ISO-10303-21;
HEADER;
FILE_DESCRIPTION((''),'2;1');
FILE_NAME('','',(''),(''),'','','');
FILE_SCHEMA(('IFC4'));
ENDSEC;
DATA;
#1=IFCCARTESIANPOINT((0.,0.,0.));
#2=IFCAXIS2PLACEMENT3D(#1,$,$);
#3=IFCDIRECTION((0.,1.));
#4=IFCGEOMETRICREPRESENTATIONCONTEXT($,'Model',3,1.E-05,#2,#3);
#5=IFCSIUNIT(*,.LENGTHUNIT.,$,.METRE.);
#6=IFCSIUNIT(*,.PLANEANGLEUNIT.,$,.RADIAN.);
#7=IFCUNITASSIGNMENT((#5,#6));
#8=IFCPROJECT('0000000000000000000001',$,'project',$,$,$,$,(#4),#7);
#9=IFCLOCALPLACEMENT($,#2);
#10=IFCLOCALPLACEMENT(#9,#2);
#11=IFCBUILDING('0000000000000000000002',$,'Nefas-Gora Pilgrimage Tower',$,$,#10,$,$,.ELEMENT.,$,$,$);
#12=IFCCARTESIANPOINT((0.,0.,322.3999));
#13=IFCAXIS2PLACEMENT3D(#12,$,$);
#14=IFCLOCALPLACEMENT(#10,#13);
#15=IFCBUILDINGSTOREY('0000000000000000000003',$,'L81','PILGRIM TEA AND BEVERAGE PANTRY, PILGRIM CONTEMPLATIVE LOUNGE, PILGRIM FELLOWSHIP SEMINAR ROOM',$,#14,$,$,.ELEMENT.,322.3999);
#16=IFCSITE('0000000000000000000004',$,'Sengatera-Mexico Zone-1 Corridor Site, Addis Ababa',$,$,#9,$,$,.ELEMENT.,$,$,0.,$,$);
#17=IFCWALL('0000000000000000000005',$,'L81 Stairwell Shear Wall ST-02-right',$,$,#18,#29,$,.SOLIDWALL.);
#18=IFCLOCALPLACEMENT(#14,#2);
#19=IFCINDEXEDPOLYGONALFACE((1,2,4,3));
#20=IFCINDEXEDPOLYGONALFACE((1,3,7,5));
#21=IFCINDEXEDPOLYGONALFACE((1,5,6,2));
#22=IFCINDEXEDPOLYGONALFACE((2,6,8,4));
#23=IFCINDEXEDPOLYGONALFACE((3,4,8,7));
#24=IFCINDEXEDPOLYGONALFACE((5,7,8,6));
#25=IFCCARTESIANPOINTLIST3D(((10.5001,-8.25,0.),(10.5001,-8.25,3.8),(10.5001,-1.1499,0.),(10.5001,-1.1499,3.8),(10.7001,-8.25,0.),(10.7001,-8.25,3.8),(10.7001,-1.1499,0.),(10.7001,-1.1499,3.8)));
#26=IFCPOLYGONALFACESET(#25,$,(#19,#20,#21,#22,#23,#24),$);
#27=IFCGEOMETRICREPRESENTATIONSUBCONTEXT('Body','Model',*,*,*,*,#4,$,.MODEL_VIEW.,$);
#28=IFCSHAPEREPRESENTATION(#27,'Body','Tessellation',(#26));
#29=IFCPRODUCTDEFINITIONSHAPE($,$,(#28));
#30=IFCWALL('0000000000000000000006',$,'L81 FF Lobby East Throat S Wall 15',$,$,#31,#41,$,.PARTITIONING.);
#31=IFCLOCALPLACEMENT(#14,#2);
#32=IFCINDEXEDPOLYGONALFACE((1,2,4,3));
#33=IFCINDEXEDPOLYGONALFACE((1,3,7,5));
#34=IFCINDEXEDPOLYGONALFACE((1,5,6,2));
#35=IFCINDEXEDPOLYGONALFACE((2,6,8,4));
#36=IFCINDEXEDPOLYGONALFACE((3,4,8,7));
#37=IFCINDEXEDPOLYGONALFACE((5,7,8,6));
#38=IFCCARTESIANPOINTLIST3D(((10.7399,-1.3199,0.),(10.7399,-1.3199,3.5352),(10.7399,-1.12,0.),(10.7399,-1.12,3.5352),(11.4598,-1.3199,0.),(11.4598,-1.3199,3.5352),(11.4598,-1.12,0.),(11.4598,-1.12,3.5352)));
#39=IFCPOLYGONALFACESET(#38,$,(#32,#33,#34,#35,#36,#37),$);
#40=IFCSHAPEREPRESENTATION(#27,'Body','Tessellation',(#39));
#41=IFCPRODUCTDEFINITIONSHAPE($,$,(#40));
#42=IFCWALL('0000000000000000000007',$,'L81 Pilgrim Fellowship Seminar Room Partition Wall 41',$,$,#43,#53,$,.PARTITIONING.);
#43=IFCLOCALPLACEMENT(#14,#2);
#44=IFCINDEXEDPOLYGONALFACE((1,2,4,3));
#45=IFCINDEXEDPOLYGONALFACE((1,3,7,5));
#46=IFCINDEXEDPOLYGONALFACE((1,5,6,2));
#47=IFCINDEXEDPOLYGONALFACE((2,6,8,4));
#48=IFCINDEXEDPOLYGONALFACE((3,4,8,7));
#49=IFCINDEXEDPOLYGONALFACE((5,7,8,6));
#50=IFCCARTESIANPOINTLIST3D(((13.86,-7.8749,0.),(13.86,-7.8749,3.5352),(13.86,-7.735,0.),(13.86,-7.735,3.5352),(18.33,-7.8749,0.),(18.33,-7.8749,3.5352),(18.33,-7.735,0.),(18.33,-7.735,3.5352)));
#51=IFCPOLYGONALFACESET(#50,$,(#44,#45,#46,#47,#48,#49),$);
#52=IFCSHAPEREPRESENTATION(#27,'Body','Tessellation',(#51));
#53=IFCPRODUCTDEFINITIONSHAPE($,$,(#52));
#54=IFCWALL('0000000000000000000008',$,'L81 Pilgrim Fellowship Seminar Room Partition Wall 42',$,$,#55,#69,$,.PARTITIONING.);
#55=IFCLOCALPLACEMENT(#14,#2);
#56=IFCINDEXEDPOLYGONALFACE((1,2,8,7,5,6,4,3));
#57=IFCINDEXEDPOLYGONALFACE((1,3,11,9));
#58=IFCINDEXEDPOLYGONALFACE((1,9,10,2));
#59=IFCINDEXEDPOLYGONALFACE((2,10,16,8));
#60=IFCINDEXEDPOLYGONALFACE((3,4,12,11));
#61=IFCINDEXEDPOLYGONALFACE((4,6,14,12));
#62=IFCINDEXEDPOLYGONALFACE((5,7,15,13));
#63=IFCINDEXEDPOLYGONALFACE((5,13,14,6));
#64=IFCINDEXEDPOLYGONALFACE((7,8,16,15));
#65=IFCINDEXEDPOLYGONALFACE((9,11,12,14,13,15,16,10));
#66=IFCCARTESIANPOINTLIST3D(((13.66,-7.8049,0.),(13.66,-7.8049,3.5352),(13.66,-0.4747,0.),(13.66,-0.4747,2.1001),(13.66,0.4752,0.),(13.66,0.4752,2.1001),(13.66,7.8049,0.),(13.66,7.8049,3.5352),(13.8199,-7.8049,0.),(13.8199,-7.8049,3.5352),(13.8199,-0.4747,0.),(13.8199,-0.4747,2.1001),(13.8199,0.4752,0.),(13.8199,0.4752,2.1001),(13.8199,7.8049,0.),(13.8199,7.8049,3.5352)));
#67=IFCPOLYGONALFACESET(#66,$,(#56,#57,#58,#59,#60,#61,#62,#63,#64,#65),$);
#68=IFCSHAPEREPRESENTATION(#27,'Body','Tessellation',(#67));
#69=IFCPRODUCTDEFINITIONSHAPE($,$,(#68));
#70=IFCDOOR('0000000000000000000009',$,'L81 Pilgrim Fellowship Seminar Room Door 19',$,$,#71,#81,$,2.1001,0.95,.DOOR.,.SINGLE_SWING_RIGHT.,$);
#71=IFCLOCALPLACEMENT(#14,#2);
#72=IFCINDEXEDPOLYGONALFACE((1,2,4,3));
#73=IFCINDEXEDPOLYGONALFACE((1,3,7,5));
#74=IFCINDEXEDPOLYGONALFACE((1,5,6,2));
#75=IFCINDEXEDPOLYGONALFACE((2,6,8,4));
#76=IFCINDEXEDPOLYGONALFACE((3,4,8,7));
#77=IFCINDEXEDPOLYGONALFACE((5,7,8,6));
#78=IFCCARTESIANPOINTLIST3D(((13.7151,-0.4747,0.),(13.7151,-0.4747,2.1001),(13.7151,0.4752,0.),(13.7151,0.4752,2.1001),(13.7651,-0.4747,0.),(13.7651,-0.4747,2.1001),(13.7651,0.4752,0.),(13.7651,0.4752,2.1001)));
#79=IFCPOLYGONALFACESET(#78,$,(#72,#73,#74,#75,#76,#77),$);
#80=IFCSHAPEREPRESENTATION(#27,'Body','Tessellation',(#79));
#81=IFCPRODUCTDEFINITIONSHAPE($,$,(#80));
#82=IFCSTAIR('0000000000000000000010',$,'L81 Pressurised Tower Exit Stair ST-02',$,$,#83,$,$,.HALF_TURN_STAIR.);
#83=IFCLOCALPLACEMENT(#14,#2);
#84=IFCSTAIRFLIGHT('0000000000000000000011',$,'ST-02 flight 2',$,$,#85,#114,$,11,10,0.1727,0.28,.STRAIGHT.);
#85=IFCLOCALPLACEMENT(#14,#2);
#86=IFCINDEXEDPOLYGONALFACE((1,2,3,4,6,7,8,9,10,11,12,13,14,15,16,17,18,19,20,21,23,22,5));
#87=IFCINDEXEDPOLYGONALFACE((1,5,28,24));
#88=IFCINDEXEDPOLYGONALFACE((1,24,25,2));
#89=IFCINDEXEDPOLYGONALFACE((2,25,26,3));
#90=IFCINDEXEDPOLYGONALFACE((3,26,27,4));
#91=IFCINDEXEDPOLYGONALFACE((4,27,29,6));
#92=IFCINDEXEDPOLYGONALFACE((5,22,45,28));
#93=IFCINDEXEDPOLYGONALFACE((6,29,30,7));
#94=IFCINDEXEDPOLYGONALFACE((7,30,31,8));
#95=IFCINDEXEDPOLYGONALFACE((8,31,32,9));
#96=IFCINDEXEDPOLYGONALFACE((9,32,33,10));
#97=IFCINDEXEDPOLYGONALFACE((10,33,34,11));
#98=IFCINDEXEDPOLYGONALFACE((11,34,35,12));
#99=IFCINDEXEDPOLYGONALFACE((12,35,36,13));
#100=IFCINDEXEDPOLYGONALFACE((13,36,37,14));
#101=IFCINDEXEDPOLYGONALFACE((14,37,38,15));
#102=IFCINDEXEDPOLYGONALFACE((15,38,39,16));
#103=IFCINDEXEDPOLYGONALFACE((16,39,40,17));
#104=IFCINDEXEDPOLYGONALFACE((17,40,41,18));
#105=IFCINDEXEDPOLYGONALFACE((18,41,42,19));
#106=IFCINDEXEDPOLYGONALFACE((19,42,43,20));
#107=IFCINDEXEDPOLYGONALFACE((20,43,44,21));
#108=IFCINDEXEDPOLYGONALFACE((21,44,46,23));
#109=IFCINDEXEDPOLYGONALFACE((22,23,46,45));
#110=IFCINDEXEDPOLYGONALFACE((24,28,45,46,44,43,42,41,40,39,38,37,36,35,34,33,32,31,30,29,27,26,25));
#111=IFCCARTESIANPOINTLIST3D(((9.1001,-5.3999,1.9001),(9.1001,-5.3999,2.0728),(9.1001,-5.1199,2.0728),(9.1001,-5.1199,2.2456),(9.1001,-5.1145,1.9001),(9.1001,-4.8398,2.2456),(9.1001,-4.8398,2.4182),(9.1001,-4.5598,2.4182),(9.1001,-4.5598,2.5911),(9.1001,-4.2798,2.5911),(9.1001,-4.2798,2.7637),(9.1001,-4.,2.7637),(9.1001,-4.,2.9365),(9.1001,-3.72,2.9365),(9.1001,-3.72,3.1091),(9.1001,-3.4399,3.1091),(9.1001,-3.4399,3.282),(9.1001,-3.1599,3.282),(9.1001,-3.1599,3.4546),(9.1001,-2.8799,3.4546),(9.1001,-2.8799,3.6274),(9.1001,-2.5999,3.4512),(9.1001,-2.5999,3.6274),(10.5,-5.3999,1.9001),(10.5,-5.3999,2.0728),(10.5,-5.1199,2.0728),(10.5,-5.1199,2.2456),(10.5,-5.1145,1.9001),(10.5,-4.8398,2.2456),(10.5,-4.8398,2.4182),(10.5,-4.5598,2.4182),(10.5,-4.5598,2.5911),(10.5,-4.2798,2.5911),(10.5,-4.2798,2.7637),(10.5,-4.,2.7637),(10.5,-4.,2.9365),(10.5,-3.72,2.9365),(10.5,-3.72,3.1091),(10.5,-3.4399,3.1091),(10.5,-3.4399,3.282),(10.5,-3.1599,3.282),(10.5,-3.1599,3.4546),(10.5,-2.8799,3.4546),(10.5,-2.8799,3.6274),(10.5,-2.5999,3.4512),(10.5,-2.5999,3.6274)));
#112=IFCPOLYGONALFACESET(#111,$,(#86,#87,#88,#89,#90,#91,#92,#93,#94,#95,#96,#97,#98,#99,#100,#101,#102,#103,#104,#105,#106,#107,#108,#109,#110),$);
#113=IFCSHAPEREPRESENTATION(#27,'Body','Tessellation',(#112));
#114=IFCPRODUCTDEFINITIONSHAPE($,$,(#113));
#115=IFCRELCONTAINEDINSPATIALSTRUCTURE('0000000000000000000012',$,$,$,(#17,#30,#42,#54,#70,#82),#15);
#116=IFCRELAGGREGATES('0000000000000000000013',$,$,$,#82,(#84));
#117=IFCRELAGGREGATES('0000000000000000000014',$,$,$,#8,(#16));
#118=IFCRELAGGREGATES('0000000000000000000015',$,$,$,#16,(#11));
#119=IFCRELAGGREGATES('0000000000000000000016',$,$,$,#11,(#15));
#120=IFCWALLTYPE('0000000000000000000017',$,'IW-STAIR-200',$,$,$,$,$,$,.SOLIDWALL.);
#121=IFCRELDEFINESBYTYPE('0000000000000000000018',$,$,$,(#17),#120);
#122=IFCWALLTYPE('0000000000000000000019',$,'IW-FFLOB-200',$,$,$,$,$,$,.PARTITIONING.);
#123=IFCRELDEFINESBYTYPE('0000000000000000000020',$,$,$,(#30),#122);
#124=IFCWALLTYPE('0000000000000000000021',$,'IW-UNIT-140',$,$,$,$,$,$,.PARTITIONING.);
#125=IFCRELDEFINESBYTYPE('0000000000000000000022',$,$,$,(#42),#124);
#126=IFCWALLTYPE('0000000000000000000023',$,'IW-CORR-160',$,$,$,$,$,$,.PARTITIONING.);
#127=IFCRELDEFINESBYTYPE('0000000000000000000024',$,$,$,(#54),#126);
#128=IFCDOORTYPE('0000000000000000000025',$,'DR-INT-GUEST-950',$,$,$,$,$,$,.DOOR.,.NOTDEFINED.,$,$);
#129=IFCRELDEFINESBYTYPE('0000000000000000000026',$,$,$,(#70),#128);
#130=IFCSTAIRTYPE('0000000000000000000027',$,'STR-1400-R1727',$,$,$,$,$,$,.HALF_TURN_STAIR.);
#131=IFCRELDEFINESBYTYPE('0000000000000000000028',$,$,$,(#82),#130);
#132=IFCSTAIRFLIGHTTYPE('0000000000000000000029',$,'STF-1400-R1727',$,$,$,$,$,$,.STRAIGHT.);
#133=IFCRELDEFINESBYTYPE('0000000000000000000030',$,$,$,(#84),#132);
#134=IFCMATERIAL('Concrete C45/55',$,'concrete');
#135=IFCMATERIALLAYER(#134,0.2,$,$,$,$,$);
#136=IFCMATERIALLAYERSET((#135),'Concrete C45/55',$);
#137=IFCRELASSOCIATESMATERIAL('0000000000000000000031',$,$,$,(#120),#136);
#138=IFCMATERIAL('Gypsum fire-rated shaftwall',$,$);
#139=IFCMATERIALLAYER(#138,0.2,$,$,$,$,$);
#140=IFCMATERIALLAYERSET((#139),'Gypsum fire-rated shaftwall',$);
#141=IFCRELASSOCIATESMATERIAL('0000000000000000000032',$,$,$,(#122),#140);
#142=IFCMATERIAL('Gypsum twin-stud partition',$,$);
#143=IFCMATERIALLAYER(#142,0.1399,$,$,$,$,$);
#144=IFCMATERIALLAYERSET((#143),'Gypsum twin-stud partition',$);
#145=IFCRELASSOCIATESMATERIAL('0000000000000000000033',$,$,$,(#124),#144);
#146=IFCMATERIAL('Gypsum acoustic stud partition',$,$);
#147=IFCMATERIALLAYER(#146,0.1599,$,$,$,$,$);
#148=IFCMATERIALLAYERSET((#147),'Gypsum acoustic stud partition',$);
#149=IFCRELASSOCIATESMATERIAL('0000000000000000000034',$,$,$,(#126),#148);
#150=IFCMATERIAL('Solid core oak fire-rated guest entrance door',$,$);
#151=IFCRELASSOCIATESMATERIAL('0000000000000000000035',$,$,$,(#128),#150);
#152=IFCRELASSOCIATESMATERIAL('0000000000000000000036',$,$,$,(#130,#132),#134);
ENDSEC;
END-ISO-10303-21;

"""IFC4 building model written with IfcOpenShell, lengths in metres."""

from ifc_helpers import new_model, si_unit, direction, frame, frame_2d, origin, place, context, subcontext, project, spatial, polyline, rectangle, outline, extrude, source, transform, mapped, material, layer, layer_set, type_object, element, fill, aggregate, save


model = new_model("IFC4")

# Units and contexts
model_context = context("Model", 3, precision=1e-05, world=origin(), true_north=direction((0.0, 1.0)))
body_context = subcontext(model_context, "Body", "Model", "MODEL_VIEW")
ifc_project = project(units=[si_unit("LENGTHUNIT", "METRE"), si_unit("PLANEANGLEUNIT", "RADIAN")], contexts=[model_context])

# Site, building, storey
site_placement = place(None, origin())
site = spatial("IfcSite", under=ifc_project, at=site_placement, Name="Sengatera-Mexico Zone-1 Corridor Site, Addis Ababa", CompositionType="ELEMENT", RefElevation=0.0)
building_placement = place(site_placement, origin())
building = spatial("IfcBuilding", under=site, at=building_placement, Name="Nefas-Gora Pilgrimage Tower", CompositionType="ELEMENT")
storey_placement = place(building_placement, frame((0.0, 0.0, 322.3999)))
storey = spatial("IfcBuildingStorey", under=building, at=storey_placement, Name="L81", Description="PILGRIM TEA AND BEVERAGE PANTRY, PILGRIM CONTEMPLATIVE LOUNGE, PILGRIM FELLOWSHIP SEMINAR ROOM", CompositionType="ELEMENT", Elevation=322.3999)

# Walls
ifc_material_1 = material(Name="Concrete C45/55", Category="concrete")
ifc_layer_1 = layer(ifc_material_1, 0.2)
ifc_layer_set_1 = layer_set([ifc_layer_1], Name="Concrete C45/55")
wall_type_1 = type_object("IfcWallType", Name="IW-STAIR-200", PredefinedType="SOLIDWALL", material=ifc_layer_set_1)
shared_shape_1 = source(origin(), body_context, "Body", "SweptSolid", [
    extrude(rectangle(XDim=7.1001, YDim=0.2, at=frame_2d((3.55, 0.0))), origin(), (0.0, 0.0, 1.0), 3.8),
])
wall_1_placement = place(storey_placement, frame((10.6001, -1.1499, 0.0), z_axis=(0.0, 0.0, 1.0), x_axis=(0.0, -1.0, 0.0)))
element("IfcWall", 1, at=wall_1_placement, inside=storey, type_object=wall_type_1, Name="L81 Stairwell Shear Wall ST-02-right", PredefinedType="SOLIDWALL", context=body_context, shape_type="MappedRepresentation", body=[
    mapped(shared_shape_1, transform((0.0, 0.0, 0.0), x_axis=(1.0, 0.0, 0.0), y_axis=(0.0, 1.0, 0.0), z_axis=(0.0, 0.0, 1.0), scale=1.0)),
])
ifc_material_2 = material(Name="Gypsum fire-rated shaftwall")
ifc_layer_2 = layer(ifc_material_2, 0.2)
ifc_layer_set_2 = layer_set([ifc_layer_2], Name="Gypsum fire-rated shaftwall")
wall_type_2 = type_object("IfcWallType", Name="IW-FFLOB-200", PredefinedType="PARTITIONING", material=ifc_layer_set_2)
shared_shape_2 = source(origin(), body_context, "Body", "SweptSolid", [
    extrude(rectangle(XDim=0.72, YDim=0.2, at=frame_2d((0.3599, 0.0))), origin(), (0.0, 0.0, 1.0), 3.5352),
])
wall_2_placement = place(storey_placement, frame((10.74, -1.22, 0.0), z_axis=(0.0, 0.0, 1.0), x_axis=(1.0, 0.0, 0.0)))
element("IfcWall", 2, at=wall_2_placement, inside=storey, type_object=wall_type_2, Name="L81 FF Lobby East Throat S Wall 15", PredefinedType="PARTITIONING", context=body_context, shape_type="MappedRepresentation", body=[
    mapped(shared_shape_2, transform((0.0, 0.0, 0.0), x_axis=(1.0, 0.0, 0.0), y_axis=(0.0, 1.0, 0.0), z_axis=(0.0, 0.0, 1.0), scale=1.0)),
])

# Wall
ifc_material_3 = material(Name="Gypsum twin-stud partition")
ifc_layer_3 = layer(ifc_material_3, 0.1399)
ifc_layer_set_3 = layer_set([ifc_layer_3], Name="Gypsum twin-stud partition")
wall_type_3 = type_object("IfcWallType", Name="IW-UNIT-140", PredefinedType="PARTITIONING", material=ifc_layer_set_3)
shared_shape_3 = source(origin(), body_context, "Body", "SweptSolid", [
    extrude(rectangle(XDim=4.47, YDim=0.1399, at=frame_2d((2.2349, 0.0))), origin(), (0.0, 0.0, 1.0), 3.5352),
])
wall_3_placement = place(storey_placement, frame((13.8601, -7.8049, 0.0), z_axis=(0.0, 0.0, 1.0), x_axis=(1.0, 0.0, 0.0)))
element("IfcWall", 3, at=wall_3_placement, inside=storey, type_object=wall_type_3, Name="L81 Pilgrim Fellowship Seminar Room Partition Wall 41", PredefinedType="PARTITIONING", context=body_context, shape_type="MappedRepresentation", body=[
    mapped(shared_shape_3, transform((0.0, 0.0, 0.0), x_axis=(1.0, 0.0, 0.0), y_axis=(0.0, 1.0, 0.0), z_axis=(0.0, 0.0, 1.0), scale=1.0)),
])

# Wall, opening, door
ifc_material_4 = material(Name="Gypsum acoustic stud partition")
ifc_layer_4 = layer(ifc_material_4, 0.1599)
ifc_layer_set_4 = layer_set([ifc_layer_4], Name="Gypsum acoustic stud partition")
wall_type_4 = type_object("IfcWallType", Name="IW-CORR-160", PredefinedType="PARTITIONING", material=ifc_layer_set_4)
shared_shape_4 = source(origin(), body_context, "Body", "SweptSolid", [
    extrude(rectangle(XDim=15.6099, YDim=0.1599, at=frame_2d((7.8049, 0.0))), origin(), (0.0, 0.0, 1.0), 3.5352),
])
wall_4_placement = place(storey_placement, frame((13.74, -7.8049, 0.0), z_axis=(0.0, 0.0, 1.0), x_axis=(0.0, 1.0, 0.0)))
wall_4 = element("IfcWall", 4, at=wall_4_placement, inside=storey, type_object=wall_type_4, Name="L81 Pilgrim Fellowship Seminar Room Partition Wall 42", PredefinedType="PARTITIONING", context=body_context, shape_type="MappedRepresentation", body=[
    mapped(shared_shape_4, transform((0.0, 0.0, 0.0), x_axis=(1.0, 0.0, 0.0), y_axis=(0.0, 1.0, 0.0), z_axis=(0.0, 0.0, 1.0), scale=1.0)),
])
opening_1_placement = place(wall_4_placement, frame((7.3301, 0.0, 0.0)))
opening_1 = element("IfcOpeningElement", 5, at=opening_1_placement, cuts=wall_4, PredefinedType="OPENING", context=body_context, shape_type="SweptSolid", body=[
    extrude(rectangle(XDim=0.95, YDim=2.1001, at=frame_2d((0.4751, 1.05))), frame((0.0, 0.0898, 0.0), z_axis=(0.0, -1.0, 0.0), x_axis=(1.0, 0.0, 0.0)), (0.0, 0.0, 1.0), 0.1799),
])
ifc_material_5 = material(Name="Solid core oak fire-rated guest entrance door")
door_type_1 = type_object("IfcDoorType", Name="DR-INT-GUEST-950", OperationType="NOTDEFINED", PredefinedType="DOOR", material=ifc_material_5)
shared_shape_5 = source(origin(), body_context, "Body", "SweptSolid", [
    extrude(rectangle(XDim=0.95, YDim=2.1001, at=frame_2d((0.4751, 1.05))), frame((0.0, 0.0249, 0.0), z_axis=(0.0, -1.0, 0.0), x_axis=(1.0, 0.0, 0.0)), (0.0, 0.0, 1.0), 0.05),
])
door_1_placement = place(opening_1_placement, origin())
door_1 = element("IfcDoor", 6, at=door_1_placement, inside=storey, type_object=door_type_1, Name="L81 Pilgrim Fellowship Seminar Room Door 19", OperationType="SINGLE_SWING_RIGHT", OverallHeight=2.1001, OverallWidth=0.95, PredefinedType="DOOR", context=body_context, shape_type="MappedRepresentation", body=[
    mapped(shared_shape_5, transform((0.0, 0.0, 0.0), x_axis=(1.0, 0.0, 0.0), y_axis=(0.0, 1.0, 0.0), z_axis=(0.0, 0.0, 1.0), scale=1.0)),
])
fill(opening_1, door_1)

# Stair, stair flight
stair_type = type_object("IfcStairType", Name="STR-1400-R1727", PredefinedType="HALF_TURN_STAIR", material=ifc_material_1)
stair_placement = place(storey_placement, origin())
stair = element("IfcStair", 7, at=stair_placement, inside=storey, type_object=stair_type, Name="L81 Pressurised Tower Exit Stair ST-02", PredefinedType="HALF_TURN_STAIR")
stair_flight_type = type_object("IfcStairFlightType", Name="STF-1400-R1727", PredefinedType="STRAIGHT", material=ifc_material_1)
shared_shape_6 = source(origin(), body_context, "Body", "SweptSolid", [
    extrude(outline(polyline([(0.0, 0.0), (0.0, 0.1726), (0.28, 0.1726), (0.28, 0.3455), (0.5601, 0.3455), (0.5601, 0.5181), (0.8401, 0.5181), (0.8401, 0.6909), (1.1201, 0.6909), (1.1201, 0.8635), (1.3999, 0.8635), (1.3999, 1.0364), (1.6799, 1.0364), (1.6799, 1.209), (1.96, 1.209), (1.96, 1.3818), (2.24, 1.3818), (2.24, 1.5544), (2.52, 1.5544), (2.52, 1.7273), (2.8, 1.7273), (2.8, 1.8999), (2.8, 1.551), (0.2854, 0.0), (0.0, 0.0)])), frame((0.0, 0.7, 0.0), z_axis=(0.0, -1.0, 0.0), x_axis=(1.0, 0.0, 0.0)), (0.0, 0.0, 1.0), 1.3999),
])
stair_flight_placement = place(storey_placement, frame((9.8, -5.3999, 1.9001), z_axis=(0.0, 0.0, 1.0), x_axis=(0.0, 1.0, 0.0)))
stair_flight = element("IfcStairFlight", 8, at=stair_flight_placement, type_object=stair_flight_type, Name="ST-02 flight 2", NumberOfRisers=11, NumberOfTreads=10, PredefinedType="STRAIGHT", RiserHeight=0.1727, TreadLength=0.28, context=body_context, shape_type="MappedRepresentation", body=[
    mapped(shared_shape_6, transform((0.0, 0.0, 0.0), x_axis=(1.0, 0.0, 0.0), y_axis=(0.0, 1.0, 0.0), z_axis=(0.0, 0.0, 1.0), scale=1.0)),
])
aggregate(stair, [stair_flight])

save(model, "model.ifc")
